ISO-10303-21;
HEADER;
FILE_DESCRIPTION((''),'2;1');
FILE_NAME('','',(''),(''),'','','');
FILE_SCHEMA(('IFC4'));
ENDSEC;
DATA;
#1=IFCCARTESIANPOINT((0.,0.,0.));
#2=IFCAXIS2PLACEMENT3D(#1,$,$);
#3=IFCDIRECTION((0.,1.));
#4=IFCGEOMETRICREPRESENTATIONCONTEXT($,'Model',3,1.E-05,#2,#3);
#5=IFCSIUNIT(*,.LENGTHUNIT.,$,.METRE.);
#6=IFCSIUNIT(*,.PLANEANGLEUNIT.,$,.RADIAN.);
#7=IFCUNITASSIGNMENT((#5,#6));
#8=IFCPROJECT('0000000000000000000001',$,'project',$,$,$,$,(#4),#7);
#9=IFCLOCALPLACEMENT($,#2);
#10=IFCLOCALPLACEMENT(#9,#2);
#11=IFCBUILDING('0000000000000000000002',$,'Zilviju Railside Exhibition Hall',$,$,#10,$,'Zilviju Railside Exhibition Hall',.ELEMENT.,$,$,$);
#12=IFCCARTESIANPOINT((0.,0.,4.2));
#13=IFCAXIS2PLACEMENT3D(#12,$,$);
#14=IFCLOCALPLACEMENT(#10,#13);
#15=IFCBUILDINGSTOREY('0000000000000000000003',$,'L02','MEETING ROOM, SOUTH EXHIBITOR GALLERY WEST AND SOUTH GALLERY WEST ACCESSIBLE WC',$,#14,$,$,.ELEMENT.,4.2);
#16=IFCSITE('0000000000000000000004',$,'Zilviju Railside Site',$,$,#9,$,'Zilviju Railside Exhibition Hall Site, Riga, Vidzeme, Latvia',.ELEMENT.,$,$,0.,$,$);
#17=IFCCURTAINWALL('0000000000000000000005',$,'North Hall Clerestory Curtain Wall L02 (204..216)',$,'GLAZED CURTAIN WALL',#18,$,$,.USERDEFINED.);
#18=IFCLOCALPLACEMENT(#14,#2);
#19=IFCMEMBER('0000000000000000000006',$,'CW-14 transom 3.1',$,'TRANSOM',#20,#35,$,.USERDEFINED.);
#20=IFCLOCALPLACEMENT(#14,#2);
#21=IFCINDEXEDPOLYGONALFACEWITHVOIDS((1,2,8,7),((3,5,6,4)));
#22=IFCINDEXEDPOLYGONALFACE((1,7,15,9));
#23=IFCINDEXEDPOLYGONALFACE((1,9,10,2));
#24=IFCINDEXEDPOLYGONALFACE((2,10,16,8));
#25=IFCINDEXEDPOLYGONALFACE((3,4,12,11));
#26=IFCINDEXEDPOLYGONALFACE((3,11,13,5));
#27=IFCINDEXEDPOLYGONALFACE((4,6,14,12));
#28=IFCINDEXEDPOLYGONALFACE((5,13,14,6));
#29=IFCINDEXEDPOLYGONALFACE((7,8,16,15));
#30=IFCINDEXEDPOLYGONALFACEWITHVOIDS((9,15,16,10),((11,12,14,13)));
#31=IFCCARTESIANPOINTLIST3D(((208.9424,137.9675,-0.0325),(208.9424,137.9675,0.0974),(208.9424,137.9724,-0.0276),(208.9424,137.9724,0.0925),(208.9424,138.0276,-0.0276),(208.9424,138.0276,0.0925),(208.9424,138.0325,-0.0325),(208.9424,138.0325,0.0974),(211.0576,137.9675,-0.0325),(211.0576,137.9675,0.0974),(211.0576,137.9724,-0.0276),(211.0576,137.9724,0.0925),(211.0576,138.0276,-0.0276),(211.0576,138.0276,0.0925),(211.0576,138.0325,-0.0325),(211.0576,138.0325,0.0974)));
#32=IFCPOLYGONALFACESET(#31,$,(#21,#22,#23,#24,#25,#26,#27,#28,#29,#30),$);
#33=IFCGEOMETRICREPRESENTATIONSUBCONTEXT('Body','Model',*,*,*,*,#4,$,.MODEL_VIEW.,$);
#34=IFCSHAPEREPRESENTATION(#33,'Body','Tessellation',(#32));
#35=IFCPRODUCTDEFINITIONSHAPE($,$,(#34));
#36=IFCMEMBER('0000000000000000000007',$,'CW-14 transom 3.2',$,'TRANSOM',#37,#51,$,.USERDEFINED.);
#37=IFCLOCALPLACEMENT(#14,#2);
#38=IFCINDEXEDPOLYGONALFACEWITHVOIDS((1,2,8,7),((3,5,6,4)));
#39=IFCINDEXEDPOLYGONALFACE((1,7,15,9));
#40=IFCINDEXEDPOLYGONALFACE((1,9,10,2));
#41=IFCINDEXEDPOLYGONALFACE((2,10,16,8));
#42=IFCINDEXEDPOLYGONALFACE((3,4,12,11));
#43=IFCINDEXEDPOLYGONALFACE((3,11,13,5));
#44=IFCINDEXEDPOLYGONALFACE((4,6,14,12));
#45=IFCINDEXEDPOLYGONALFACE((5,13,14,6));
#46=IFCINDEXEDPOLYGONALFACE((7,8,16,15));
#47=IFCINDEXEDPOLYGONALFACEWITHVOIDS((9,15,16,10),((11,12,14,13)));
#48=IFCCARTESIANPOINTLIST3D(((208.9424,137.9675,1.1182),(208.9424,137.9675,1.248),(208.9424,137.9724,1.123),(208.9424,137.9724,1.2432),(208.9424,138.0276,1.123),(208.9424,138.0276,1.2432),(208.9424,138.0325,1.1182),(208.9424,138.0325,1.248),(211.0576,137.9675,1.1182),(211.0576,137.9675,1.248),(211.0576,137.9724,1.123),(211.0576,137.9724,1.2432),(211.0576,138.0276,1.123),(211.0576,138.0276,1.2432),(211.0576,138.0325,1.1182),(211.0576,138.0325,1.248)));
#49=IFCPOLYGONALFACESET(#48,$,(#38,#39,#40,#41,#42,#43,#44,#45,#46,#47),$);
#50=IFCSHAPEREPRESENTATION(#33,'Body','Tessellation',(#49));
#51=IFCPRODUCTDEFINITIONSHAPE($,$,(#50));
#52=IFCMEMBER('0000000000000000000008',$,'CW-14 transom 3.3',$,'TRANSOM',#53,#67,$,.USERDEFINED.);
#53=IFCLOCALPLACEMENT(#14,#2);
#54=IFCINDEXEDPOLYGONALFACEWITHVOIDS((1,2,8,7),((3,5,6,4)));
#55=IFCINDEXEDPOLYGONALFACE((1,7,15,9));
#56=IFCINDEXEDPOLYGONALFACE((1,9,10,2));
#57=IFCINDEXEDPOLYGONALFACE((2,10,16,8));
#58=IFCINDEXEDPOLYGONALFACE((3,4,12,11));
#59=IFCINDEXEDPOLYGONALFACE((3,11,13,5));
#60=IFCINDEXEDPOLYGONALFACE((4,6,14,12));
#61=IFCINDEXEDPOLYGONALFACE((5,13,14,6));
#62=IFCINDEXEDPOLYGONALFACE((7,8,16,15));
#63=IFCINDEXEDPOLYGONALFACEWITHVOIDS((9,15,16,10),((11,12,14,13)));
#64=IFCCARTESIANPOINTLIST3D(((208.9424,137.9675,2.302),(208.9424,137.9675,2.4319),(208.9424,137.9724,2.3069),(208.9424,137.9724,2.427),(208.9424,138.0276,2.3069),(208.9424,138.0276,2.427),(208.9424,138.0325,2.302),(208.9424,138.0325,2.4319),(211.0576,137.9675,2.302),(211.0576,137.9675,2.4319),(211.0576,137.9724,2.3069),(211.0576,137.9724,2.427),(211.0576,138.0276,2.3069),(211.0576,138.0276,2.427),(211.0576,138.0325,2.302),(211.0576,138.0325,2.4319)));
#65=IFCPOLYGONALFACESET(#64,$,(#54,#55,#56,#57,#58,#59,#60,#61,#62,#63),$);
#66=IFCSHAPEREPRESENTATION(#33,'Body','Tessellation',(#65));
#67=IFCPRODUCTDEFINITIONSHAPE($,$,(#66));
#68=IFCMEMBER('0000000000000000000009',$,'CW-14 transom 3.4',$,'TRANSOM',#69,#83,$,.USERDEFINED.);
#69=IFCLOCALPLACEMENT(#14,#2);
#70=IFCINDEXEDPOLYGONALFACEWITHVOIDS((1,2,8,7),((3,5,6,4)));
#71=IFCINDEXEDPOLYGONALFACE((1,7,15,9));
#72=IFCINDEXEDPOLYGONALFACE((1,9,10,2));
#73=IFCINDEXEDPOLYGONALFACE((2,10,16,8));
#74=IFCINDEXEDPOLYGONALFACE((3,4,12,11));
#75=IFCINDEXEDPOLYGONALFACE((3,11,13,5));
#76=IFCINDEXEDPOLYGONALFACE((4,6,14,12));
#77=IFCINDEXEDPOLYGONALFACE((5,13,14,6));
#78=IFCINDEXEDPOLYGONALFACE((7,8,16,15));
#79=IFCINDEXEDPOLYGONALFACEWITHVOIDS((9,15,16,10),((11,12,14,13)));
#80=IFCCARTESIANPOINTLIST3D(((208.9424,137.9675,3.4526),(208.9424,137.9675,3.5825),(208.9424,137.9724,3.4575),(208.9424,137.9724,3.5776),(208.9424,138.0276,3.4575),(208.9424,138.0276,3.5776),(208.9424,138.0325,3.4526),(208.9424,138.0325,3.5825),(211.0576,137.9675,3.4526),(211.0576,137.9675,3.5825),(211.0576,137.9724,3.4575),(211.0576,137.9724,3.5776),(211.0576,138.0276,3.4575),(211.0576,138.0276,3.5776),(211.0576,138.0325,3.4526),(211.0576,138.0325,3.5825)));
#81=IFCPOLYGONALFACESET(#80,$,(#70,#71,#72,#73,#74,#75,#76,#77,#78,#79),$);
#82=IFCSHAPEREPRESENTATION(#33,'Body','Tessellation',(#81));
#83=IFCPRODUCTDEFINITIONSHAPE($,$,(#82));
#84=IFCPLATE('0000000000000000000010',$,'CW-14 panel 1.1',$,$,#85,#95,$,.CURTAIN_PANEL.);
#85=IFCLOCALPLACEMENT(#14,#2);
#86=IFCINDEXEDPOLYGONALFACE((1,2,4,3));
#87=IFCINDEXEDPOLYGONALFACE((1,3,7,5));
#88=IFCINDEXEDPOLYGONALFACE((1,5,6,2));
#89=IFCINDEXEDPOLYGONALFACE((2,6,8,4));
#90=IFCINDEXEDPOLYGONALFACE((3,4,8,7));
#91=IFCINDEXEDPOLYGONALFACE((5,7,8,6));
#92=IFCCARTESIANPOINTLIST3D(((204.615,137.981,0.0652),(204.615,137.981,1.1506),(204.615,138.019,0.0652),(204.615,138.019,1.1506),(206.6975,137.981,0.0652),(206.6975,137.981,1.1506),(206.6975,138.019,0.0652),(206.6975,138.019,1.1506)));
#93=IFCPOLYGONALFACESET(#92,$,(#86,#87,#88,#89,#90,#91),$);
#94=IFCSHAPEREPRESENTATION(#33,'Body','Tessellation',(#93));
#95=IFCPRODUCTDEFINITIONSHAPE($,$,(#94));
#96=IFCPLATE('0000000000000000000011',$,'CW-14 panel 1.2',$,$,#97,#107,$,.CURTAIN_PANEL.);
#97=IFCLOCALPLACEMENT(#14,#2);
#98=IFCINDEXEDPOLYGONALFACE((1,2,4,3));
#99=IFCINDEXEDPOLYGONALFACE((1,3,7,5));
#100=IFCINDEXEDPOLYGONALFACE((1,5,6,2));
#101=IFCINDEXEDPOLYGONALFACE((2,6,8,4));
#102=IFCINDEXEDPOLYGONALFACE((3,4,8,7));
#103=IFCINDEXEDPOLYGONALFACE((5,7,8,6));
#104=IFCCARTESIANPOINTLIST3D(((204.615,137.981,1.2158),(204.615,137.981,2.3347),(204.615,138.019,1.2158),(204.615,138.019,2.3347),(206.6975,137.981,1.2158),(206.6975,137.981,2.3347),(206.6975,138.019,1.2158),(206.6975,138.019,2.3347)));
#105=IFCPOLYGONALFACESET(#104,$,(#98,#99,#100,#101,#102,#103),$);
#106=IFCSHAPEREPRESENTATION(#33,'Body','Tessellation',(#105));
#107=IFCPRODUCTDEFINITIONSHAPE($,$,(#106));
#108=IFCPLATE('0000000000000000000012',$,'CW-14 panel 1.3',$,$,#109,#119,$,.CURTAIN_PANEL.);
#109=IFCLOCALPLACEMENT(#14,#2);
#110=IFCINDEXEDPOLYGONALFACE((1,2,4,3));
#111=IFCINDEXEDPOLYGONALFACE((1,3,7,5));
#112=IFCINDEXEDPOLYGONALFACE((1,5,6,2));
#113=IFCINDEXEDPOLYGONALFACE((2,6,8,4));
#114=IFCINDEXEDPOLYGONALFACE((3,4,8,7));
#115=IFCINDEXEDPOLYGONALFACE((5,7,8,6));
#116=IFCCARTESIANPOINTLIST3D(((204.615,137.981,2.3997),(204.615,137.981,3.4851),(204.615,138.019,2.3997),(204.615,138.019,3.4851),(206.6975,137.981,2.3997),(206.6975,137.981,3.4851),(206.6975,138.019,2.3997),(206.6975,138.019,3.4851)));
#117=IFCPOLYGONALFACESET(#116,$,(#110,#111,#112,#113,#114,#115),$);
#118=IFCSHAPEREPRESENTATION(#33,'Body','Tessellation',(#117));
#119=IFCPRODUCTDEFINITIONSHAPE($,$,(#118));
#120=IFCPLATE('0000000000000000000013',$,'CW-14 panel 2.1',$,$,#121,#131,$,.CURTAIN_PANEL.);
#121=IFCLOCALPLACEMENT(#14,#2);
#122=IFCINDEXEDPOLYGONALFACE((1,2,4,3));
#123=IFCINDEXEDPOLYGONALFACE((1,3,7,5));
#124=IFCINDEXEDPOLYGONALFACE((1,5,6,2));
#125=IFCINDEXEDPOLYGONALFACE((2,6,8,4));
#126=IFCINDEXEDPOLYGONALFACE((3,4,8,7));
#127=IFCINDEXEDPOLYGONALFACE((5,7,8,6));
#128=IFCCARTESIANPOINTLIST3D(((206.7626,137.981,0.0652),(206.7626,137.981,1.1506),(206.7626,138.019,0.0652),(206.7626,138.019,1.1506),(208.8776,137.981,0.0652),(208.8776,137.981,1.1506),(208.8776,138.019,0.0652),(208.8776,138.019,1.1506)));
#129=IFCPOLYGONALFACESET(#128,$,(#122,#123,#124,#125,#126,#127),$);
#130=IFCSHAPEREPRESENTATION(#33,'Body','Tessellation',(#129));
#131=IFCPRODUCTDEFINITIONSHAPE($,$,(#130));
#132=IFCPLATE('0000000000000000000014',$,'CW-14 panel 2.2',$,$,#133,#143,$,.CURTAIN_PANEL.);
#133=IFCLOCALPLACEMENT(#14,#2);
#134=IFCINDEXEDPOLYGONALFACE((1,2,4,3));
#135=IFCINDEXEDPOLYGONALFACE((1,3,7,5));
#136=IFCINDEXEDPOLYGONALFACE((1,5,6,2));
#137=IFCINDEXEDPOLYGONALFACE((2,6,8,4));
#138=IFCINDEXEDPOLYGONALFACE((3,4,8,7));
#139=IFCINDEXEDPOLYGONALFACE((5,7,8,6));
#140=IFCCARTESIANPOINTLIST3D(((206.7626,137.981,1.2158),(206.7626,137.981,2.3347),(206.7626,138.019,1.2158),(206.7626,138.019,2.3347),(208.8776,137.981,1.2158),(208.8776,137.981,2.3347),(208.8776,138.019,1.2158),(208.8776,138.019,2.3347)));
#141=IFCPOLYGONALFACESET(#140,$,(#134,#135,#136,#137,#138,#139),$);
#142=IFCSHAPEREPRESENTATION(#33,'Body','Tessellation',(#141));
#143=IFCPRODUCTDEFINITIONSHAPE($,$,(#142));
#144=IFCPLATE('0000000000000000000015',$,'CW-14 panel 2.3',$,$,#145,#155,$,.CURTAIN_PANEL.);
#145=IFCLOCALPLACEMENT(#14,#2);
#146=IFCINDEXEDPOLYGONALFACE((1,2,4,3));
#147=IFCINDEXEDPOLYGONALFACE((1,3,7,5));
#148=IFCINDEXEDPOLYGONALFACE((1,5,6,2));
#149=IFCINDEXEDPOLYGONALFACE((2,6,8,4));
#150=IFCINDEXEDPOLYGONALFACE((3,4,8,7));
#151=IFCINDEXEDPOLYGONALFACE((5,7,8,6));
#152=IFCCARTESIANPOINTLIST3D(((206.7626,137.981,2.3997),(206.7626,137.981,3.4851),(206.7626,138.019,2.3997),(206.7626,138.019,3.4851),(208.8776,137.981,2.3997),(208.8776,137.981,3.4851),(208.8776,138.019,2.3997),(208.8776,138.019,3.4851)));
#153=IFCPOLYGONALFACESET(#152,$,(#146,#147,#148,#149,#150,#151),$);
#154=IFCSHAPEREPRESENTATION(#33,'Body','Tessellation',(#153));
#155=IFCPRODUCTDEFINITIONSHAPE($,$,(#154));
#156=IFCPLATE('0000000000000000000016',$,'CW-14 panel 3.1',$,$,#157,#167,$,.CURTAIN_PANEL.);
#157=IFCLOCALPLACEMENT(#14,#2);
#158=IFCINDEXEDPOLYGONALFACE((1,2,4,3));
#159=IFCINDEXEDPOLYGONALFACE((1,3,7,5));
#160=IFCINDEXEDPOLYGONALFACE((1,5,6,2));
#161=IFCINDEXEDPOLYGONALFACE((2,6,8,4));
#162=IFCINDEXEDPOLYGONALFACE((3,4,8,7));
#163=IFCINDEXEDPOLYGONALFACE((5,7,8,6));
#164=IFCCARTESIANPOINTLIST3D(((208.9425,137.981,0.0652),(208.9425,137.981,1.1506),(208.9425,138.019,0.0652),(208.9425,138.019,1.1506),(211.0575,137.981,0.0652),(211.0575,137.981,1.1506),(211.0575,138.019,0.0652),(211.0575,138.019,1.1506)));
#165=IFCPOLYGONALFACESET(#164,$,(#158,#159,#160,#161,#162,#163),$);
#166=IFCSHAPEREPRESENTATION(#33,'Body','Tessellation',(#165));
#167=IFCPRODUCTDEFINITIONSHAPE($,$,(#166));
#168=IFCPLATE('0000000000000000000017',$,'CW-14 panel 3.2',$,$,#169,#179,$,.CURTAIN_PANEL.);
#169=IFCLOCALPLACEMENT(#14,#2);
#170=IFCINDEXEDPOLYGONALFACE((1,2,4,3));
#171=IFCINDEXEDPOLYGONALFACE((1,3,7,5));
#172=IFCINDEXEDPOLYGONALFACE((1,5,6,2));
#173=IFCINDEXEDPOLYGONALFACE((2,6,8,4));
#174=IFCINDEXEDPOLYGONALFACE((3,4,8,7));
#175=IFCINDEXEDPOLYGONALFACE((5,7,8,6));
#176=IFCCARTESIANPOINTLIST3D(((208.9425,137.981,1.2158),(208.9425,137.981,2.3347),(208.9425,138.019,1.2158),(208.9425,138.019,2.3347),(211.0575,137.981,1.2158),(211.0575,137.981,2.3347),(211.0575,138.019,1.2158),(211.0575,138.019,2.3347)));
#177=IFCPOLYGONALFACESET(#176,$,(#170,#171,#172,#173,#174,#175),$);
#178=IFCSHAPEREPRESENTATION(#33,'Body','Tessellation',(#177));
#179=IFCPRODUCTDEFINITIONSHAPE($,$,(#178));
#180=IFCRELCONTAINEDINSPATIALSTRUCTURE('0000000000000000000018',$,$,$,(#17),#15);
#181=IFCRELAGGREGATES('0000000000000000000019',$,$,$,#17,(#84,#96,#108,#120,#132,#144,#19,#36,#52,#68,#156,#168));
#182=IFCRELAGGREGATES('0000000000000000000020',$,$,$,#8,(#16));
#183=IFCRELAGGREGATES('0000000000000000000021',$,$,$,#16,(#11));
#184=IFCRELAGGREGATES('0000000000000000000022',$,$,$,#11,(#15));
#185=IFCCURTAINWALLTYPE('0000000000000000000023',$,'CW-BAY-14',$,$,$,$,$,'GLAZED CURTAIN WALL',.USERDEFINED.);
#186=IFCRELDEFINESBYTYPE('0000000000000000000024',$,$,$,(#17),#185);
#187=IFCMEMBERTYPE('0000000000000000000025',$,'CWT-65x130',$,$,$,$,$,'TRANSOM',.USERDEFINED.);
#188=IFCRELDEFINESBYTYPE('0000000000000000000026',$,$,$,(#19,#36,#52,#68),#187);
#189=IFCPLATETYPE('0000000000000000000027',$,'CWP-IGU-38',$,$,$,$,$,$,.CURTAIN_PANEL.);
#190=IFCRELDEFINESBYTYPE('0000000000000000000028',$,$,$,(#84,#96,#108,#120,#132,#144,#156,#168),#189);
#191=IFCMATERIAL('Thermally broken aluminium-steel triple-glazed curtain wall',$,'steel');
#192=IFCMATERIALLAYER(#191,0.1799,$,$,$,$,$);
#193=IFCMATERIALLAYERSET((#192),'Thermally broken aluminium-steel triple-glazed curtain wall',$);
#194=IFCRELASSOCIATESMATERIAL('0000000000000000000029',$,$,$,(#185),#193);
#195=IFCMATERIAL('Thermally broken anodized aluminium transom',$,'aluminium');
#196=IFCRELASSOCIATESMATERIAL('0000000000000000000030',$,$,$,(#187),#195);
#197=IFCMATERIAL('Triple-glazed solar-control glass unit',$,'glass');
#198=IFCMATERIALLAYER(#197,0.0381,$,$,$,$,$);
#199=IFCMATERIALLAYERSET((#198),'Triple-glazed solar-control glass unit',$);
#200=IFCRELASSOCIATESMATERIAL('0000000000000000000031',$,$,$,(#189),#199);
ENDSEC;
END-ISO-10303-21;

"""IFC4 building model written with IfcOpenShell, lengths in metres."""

from ifc_helpers import new_model, si_unit, direction, frame, origin, origin_2d, place, context, subcontext, project, spatial, rectangle, hollow_rectangle, extrude, material, layer, layer_set, material_profile, profile_set, type_object, element, aggregate, save


model = new_model("IFC4")

# Units and contexts
model_context = context("Model", 3, precision=1e-05, world=origin(), true_north=direction((0.0, 1.0)))
body_context = subcontext(model_context, "Body", "Model", "MODEL_VIEW")
ifc_project = project(units=[si_unit("LENGTHUNIT", "METRE"), si_unit("PLANEANGLEUNIT", "RADIAN")], contexts=[model_context])

# Site, building, storey
site_placement = place(None, origin())
site = spatial("IfcSite", under=ifc_project, at=site_placement, Name="Zilviju Railside Site", LongName="Zilviju Railside Exhibition Hall Site, Riga, Vidzeme, Latvia", CompositionType="ELEMENT", RefElevation=0.0)
building_placement = place(site_placement, origin())
building = spatial("IfcBuilding", under=site, at=building_placement, Name="Zilviju Railside Exhibition Hall", LongName="Zilviju Railside Exhibition Hall", CompositionType="ELEMENT")
storey_placement = place(building_placement, frame((0.0, 0.0, 4.2)))
storey = spatial("IfcBuildingStorey", under=building, at=storey_placement, Name="L02", Description="MEETING ROOM, SOUTH EXHIBITOR GALLERY WEST AND SOUTH GALLERY WEST ACCESSIBLE WC", CompositionType="ELEMENT", Elevation=4.2)

# Curtain wall, members, plates
ifc_material_1 = material(Name="Thermally broken aluminium-steel triple-glazed curtain wall", Category="steel")
ifc_layer_1 = layer(ifc_material_1, 0.1799)
ifc_layer_set_1 = layer_set([ifc_layer_1], Name="Thermally broken aluminium-steel triple-glazed curtain wall")
curtain_wall_type = type_object("IfcCurtainWallType", Name="CW-BAY-14", ElementType="GLAZED CURTAIN WALL", PredefinedType="USERDEFINED", material=ifc_layer_set_1)
curtain_wall_placement = place(storey_placement, origin())
curtain_wall = element("IfcCurtainWall", 1, at=curtain_wall_placement, inside=storey, type_object=curtain_wall_type, Name="North Hall Clerestory Curtain Wall L02 (204..216)", ObjectType="GLAZED CURTAIN WALL", PredefinedType="USERDEFINED")
ifc_material_2 = material(Name="Thermally broken anodized aluminium transom", Category="aluminium")
ifc_material_profile_1 = material_profile(ifc_material_2, hollow_rectangle(XDim=0.0649, YDim=0.1299, WallThickness=0.0049, at=origin_2d()), Name="TRANSOM 130x65x5")
ifc_profile_set_1 = profile_set([ifc_material_profile_1], Name="Thermally broken anodized aluminium transom")
member_type_1 = type_object("IfcMemberType", Name="CWT-65x130", ElementType="TRANSOM", PredefinedType="USERDEFINED", material=ifc_profile_set_1)
member_1_placement = place(storey_placement, frame((208.9424, 138.0, 0.0325), z_axis=(1.0, 0.0, 0.0), x_axis=(0.0, 1.0, 0.0)))
member_1 = element("IfcMember", 2, at=member_1_placement, type_object=member_type_1, Name="CW-14 transom 3.1", ObjectType="TRANSOM", PredefinedType="USERDEFINED", context=body_context, shape_type="SweptSolid", body=[
    extrude(hollow_rectangle(XDim=0.0649, YDim=0.1299, WallThickness=0.0049, at=origin_2d()), origin(), (0.0, 0.0, 1.0), 2.1152),
])
member_2_placement = place(storey_placement, frame((208.9424, 138.0, 1.1831), z_axis=(1.0, 0.0, 0.0), x_axis=(0.0, 1.0, 0.0)))
member_2 = element("IfcMember", 3, at=member_2_placement, type_object=member_type_1, Name="CW-14 transom 3.2", ObjectType="TRANSOM", PredefinedType="USERDEFINED", context=body_context, shape_type="SweptSolid", body=[
    extrude(hollow_rectangle(XDim=0.0649, YDim=0.1299, WallThickness=0.0049, at=origin_2d()), origin(), (0.0, 0.0, 1.0), 2.1152),
])
member_3_placement = place(storey_placement, frame((208.9424, 138.0, 2.3669), z_axis=(1.0, 0.0, 0.0), x_axis=(0.0, 1.0, 0.0)))
member_3 = element("IfcMember", 4, at=member_3_placement, type_object=member_type_1, Name="CW-14 transom 3.3", ObjectType="TRANSOM", PredefinedType="USERDEFINED", context=body_context, shape_type="SweptSolid", body=[
    extrude(hollow_rectangle(XDim=0.0649, YDim=0.1299, WallThickness=0.0049, at=origin_2d()), origin(), (0.0, 0.0, 1.0), 2.1152),
])
member_4_placement = place(storey_placement, frame((208.9424, 138.0, 3.5176), z_axis=(1.0, 0.0, 0.0), x_axis=(0.0, 1.0, 0.0)))
member_4 = element("IfcMember", 5, at=member_4_placement, type_object=member_type_1, Name="CW-14 transom 3.4", ObjectType="TRANSOM", PredefinedType="USERDEFINED", context=body_context, shape_type="SweptSolid", body=[
    extrude(hollow_rectangle(XDim=0.0649, YDim=0.1299, WallThickness=0.0049, at=origin_2d()), origin(), (0.0, 0.0, 1.0), 2.1152),
])
ifc_material_3 = material(Name="Triple-glazed solar-control glass unit", Category="glass")
ifc_layer_2 = layer(ifc_material_3, 0.0381)
ifc_layer_set_2 = layer_set([ifc_layer_2], Name="Triple-glazed solar-control glass unit")
plate_type = type_object("IfcPlateType", Name="CWP-IGU-38", PredefinedType="CURTAIN_PANEL", material=ifc_layer_set_2)
plate_1_placement = place(storey_placement, frame((205.6562, 138.0, 0.0652), z_axis=(0.0, 0.0, 1.0), x_axis=(1.0, 0.0, 0.0)))
plate_1 = element("IfcPlate", 6, at=plate_1_placement, type_object=plate_type, Name="CW-14 panel 1.1", PredefinedType="CURTAIN_PANEL", context=body_context, shape_type="SweptSolid", body=[
    extrude(rectangle(XDim=2.0825, YDim=0.0381, at=origin_2d()), origin(), (0.0, 0.0, 1.0), 1.0854),
])
plate_2_placement = place(storey_placement, frame((205.6562, 138.0, 1.2158), z_axis=(0.0, 0.0, 1.0), x_axis=(1.0, 0.0, 0.0)))
plate_2 = element("IfcPlate", 7, at=plate_2_placement, type_object=plate_type, Name="CW-14 panel 1.2", PredefinedType="CURTAIN_PANEL", context=body_context, shape_type="SweptSolid", body=[
    extrude(rectangle(XDim=2.0825, YDim=0.0381, at=origin_2d()), origin(), (0.0, 0.0, 1.0), 1.1189),
])
plate_3_placement = place(storey_placement, frame((205.6562, 138.0, 2.3997), z_axis=(0.0, 0.0, 1.0), x_axis=(1.0, 0.0, 0.0)))
plate_3 = element("IfcPlate", 8, at=plate_3_placement, type_object=plate_type, Name="CW-14 panel 1.3", PredefinedType="CURTAIN_PANEL", context=body_context, shape_type="SweptSolid", body=[
    extrude(rectangle(XDim=2.0825, YDim=0.0381, at=origin_2d()), origin(), (0.0, 0.0, 1.0), 1.0854),
])
plate_4_placement = place(storey_placement, frame((207.8201, 138.0, 0.0652), z_axis=(0.0, 0.0, 1.0), x_axis=(1.0, 0.0, 0.0)))
plate_4 = element("IfcPlate", 9, at=plate_4_placement, type_object=plate_type, Name="CW-14 panel 2.1", PredefinedType="CURTAIN_PANEL", context=body_context, shape_type="SweptSolid", body=[
    extrude(rectangle(XDim=2.115, YDim=0.0381, at=origin_2d()), origin(), (0.0, 0.0, 1.0), 1.0854),
])
plate_5_placement = place(storey_placement, frame((207.8201, 138.0, 1.2158), z_axis=(0.0, 0.0, 1.0), x_axis=(1.0, 0.0, 0.0)))
plate_5 = element("IfcPlate", 10, at=plate_5_placement, type_object=plate_type, Name="CW-14 panel 2.2", PredefinedType="CURTAIN_PANEL", context=body_context, shape_type="SweptSolid", body=[
    extrude(rectangle(XDim=2.115, YDim=0.0381, at=origin_2d()), origin(), (0.0, 0.0, 1.0), 1.1189),
])
plate_6_placement = place(storey_placement, frame((207.8201, 138.0, 2.3997), z_axis=(0.0, 0.0, 1.0), x_axis=(1.0, 0.0, 0.0)))
plate_6 = element("IfcPlate", 11, at=plate_6_placement, type_object=plate_type, Name="CW-14 panel 2.3", PredefinedType="CURTAIN_PANEL", context=body_context, shape_type="SweptSolid", body=[
    extrude(rectangle(XDim=2.115, YDim=0.0381, at=origin_2d()), origin(), (0.0, 0.0, 1.0), 1.0854),
])
plate_7_placement = place(storey_placement, frame((210.0, 138.0, 0.0652), z_axis=(0.0, 0.0, 1.0), x_axis=(1.0, 0.0, 0.0)))
plate_7 = element("IfcPlate", 12, at=plate_7_placement, type_object=plate_type, Name="CW-14 panel 3.1", PredefinedType="CURTAIN_PANEL", context=body_context, shape_type="SweptSolid", body=[
    extrude(rectangle(XDim=2.115, YDim=0.0381, at=origin_2d()), origin(), (0.0, 0.0, 1.0), 1.0854),
])
plate_8_placement = place(storey_placement, frame((210.0, 138.0, 1.2158), z_axis=(0.0, 0.0, 1.0), x_axis=(1.0, 0.0, 0.0)))
plate_8 = element("IfcPlate", 13, at=plate_8_placement, type_object=plate_type, Name="CW-14 panel 3.2", PredefinedType="CURTAIN_PANEL", context=body_context, shape_type="SweptSolid", body=[
    extrude(rectangle(XDim=2.115, YDim=0.0381, at=origin_2d()), origin(), (0.0, 0.0, 1.0), 1.1189),
])
aggregate(curtain_wall, [plate_1, plate_2, plate_3, plate_4, plate_5, plate_6, member_1, member_2, member_3, member_4, plate_7, plate_8])

save(model, "model.ifc")
